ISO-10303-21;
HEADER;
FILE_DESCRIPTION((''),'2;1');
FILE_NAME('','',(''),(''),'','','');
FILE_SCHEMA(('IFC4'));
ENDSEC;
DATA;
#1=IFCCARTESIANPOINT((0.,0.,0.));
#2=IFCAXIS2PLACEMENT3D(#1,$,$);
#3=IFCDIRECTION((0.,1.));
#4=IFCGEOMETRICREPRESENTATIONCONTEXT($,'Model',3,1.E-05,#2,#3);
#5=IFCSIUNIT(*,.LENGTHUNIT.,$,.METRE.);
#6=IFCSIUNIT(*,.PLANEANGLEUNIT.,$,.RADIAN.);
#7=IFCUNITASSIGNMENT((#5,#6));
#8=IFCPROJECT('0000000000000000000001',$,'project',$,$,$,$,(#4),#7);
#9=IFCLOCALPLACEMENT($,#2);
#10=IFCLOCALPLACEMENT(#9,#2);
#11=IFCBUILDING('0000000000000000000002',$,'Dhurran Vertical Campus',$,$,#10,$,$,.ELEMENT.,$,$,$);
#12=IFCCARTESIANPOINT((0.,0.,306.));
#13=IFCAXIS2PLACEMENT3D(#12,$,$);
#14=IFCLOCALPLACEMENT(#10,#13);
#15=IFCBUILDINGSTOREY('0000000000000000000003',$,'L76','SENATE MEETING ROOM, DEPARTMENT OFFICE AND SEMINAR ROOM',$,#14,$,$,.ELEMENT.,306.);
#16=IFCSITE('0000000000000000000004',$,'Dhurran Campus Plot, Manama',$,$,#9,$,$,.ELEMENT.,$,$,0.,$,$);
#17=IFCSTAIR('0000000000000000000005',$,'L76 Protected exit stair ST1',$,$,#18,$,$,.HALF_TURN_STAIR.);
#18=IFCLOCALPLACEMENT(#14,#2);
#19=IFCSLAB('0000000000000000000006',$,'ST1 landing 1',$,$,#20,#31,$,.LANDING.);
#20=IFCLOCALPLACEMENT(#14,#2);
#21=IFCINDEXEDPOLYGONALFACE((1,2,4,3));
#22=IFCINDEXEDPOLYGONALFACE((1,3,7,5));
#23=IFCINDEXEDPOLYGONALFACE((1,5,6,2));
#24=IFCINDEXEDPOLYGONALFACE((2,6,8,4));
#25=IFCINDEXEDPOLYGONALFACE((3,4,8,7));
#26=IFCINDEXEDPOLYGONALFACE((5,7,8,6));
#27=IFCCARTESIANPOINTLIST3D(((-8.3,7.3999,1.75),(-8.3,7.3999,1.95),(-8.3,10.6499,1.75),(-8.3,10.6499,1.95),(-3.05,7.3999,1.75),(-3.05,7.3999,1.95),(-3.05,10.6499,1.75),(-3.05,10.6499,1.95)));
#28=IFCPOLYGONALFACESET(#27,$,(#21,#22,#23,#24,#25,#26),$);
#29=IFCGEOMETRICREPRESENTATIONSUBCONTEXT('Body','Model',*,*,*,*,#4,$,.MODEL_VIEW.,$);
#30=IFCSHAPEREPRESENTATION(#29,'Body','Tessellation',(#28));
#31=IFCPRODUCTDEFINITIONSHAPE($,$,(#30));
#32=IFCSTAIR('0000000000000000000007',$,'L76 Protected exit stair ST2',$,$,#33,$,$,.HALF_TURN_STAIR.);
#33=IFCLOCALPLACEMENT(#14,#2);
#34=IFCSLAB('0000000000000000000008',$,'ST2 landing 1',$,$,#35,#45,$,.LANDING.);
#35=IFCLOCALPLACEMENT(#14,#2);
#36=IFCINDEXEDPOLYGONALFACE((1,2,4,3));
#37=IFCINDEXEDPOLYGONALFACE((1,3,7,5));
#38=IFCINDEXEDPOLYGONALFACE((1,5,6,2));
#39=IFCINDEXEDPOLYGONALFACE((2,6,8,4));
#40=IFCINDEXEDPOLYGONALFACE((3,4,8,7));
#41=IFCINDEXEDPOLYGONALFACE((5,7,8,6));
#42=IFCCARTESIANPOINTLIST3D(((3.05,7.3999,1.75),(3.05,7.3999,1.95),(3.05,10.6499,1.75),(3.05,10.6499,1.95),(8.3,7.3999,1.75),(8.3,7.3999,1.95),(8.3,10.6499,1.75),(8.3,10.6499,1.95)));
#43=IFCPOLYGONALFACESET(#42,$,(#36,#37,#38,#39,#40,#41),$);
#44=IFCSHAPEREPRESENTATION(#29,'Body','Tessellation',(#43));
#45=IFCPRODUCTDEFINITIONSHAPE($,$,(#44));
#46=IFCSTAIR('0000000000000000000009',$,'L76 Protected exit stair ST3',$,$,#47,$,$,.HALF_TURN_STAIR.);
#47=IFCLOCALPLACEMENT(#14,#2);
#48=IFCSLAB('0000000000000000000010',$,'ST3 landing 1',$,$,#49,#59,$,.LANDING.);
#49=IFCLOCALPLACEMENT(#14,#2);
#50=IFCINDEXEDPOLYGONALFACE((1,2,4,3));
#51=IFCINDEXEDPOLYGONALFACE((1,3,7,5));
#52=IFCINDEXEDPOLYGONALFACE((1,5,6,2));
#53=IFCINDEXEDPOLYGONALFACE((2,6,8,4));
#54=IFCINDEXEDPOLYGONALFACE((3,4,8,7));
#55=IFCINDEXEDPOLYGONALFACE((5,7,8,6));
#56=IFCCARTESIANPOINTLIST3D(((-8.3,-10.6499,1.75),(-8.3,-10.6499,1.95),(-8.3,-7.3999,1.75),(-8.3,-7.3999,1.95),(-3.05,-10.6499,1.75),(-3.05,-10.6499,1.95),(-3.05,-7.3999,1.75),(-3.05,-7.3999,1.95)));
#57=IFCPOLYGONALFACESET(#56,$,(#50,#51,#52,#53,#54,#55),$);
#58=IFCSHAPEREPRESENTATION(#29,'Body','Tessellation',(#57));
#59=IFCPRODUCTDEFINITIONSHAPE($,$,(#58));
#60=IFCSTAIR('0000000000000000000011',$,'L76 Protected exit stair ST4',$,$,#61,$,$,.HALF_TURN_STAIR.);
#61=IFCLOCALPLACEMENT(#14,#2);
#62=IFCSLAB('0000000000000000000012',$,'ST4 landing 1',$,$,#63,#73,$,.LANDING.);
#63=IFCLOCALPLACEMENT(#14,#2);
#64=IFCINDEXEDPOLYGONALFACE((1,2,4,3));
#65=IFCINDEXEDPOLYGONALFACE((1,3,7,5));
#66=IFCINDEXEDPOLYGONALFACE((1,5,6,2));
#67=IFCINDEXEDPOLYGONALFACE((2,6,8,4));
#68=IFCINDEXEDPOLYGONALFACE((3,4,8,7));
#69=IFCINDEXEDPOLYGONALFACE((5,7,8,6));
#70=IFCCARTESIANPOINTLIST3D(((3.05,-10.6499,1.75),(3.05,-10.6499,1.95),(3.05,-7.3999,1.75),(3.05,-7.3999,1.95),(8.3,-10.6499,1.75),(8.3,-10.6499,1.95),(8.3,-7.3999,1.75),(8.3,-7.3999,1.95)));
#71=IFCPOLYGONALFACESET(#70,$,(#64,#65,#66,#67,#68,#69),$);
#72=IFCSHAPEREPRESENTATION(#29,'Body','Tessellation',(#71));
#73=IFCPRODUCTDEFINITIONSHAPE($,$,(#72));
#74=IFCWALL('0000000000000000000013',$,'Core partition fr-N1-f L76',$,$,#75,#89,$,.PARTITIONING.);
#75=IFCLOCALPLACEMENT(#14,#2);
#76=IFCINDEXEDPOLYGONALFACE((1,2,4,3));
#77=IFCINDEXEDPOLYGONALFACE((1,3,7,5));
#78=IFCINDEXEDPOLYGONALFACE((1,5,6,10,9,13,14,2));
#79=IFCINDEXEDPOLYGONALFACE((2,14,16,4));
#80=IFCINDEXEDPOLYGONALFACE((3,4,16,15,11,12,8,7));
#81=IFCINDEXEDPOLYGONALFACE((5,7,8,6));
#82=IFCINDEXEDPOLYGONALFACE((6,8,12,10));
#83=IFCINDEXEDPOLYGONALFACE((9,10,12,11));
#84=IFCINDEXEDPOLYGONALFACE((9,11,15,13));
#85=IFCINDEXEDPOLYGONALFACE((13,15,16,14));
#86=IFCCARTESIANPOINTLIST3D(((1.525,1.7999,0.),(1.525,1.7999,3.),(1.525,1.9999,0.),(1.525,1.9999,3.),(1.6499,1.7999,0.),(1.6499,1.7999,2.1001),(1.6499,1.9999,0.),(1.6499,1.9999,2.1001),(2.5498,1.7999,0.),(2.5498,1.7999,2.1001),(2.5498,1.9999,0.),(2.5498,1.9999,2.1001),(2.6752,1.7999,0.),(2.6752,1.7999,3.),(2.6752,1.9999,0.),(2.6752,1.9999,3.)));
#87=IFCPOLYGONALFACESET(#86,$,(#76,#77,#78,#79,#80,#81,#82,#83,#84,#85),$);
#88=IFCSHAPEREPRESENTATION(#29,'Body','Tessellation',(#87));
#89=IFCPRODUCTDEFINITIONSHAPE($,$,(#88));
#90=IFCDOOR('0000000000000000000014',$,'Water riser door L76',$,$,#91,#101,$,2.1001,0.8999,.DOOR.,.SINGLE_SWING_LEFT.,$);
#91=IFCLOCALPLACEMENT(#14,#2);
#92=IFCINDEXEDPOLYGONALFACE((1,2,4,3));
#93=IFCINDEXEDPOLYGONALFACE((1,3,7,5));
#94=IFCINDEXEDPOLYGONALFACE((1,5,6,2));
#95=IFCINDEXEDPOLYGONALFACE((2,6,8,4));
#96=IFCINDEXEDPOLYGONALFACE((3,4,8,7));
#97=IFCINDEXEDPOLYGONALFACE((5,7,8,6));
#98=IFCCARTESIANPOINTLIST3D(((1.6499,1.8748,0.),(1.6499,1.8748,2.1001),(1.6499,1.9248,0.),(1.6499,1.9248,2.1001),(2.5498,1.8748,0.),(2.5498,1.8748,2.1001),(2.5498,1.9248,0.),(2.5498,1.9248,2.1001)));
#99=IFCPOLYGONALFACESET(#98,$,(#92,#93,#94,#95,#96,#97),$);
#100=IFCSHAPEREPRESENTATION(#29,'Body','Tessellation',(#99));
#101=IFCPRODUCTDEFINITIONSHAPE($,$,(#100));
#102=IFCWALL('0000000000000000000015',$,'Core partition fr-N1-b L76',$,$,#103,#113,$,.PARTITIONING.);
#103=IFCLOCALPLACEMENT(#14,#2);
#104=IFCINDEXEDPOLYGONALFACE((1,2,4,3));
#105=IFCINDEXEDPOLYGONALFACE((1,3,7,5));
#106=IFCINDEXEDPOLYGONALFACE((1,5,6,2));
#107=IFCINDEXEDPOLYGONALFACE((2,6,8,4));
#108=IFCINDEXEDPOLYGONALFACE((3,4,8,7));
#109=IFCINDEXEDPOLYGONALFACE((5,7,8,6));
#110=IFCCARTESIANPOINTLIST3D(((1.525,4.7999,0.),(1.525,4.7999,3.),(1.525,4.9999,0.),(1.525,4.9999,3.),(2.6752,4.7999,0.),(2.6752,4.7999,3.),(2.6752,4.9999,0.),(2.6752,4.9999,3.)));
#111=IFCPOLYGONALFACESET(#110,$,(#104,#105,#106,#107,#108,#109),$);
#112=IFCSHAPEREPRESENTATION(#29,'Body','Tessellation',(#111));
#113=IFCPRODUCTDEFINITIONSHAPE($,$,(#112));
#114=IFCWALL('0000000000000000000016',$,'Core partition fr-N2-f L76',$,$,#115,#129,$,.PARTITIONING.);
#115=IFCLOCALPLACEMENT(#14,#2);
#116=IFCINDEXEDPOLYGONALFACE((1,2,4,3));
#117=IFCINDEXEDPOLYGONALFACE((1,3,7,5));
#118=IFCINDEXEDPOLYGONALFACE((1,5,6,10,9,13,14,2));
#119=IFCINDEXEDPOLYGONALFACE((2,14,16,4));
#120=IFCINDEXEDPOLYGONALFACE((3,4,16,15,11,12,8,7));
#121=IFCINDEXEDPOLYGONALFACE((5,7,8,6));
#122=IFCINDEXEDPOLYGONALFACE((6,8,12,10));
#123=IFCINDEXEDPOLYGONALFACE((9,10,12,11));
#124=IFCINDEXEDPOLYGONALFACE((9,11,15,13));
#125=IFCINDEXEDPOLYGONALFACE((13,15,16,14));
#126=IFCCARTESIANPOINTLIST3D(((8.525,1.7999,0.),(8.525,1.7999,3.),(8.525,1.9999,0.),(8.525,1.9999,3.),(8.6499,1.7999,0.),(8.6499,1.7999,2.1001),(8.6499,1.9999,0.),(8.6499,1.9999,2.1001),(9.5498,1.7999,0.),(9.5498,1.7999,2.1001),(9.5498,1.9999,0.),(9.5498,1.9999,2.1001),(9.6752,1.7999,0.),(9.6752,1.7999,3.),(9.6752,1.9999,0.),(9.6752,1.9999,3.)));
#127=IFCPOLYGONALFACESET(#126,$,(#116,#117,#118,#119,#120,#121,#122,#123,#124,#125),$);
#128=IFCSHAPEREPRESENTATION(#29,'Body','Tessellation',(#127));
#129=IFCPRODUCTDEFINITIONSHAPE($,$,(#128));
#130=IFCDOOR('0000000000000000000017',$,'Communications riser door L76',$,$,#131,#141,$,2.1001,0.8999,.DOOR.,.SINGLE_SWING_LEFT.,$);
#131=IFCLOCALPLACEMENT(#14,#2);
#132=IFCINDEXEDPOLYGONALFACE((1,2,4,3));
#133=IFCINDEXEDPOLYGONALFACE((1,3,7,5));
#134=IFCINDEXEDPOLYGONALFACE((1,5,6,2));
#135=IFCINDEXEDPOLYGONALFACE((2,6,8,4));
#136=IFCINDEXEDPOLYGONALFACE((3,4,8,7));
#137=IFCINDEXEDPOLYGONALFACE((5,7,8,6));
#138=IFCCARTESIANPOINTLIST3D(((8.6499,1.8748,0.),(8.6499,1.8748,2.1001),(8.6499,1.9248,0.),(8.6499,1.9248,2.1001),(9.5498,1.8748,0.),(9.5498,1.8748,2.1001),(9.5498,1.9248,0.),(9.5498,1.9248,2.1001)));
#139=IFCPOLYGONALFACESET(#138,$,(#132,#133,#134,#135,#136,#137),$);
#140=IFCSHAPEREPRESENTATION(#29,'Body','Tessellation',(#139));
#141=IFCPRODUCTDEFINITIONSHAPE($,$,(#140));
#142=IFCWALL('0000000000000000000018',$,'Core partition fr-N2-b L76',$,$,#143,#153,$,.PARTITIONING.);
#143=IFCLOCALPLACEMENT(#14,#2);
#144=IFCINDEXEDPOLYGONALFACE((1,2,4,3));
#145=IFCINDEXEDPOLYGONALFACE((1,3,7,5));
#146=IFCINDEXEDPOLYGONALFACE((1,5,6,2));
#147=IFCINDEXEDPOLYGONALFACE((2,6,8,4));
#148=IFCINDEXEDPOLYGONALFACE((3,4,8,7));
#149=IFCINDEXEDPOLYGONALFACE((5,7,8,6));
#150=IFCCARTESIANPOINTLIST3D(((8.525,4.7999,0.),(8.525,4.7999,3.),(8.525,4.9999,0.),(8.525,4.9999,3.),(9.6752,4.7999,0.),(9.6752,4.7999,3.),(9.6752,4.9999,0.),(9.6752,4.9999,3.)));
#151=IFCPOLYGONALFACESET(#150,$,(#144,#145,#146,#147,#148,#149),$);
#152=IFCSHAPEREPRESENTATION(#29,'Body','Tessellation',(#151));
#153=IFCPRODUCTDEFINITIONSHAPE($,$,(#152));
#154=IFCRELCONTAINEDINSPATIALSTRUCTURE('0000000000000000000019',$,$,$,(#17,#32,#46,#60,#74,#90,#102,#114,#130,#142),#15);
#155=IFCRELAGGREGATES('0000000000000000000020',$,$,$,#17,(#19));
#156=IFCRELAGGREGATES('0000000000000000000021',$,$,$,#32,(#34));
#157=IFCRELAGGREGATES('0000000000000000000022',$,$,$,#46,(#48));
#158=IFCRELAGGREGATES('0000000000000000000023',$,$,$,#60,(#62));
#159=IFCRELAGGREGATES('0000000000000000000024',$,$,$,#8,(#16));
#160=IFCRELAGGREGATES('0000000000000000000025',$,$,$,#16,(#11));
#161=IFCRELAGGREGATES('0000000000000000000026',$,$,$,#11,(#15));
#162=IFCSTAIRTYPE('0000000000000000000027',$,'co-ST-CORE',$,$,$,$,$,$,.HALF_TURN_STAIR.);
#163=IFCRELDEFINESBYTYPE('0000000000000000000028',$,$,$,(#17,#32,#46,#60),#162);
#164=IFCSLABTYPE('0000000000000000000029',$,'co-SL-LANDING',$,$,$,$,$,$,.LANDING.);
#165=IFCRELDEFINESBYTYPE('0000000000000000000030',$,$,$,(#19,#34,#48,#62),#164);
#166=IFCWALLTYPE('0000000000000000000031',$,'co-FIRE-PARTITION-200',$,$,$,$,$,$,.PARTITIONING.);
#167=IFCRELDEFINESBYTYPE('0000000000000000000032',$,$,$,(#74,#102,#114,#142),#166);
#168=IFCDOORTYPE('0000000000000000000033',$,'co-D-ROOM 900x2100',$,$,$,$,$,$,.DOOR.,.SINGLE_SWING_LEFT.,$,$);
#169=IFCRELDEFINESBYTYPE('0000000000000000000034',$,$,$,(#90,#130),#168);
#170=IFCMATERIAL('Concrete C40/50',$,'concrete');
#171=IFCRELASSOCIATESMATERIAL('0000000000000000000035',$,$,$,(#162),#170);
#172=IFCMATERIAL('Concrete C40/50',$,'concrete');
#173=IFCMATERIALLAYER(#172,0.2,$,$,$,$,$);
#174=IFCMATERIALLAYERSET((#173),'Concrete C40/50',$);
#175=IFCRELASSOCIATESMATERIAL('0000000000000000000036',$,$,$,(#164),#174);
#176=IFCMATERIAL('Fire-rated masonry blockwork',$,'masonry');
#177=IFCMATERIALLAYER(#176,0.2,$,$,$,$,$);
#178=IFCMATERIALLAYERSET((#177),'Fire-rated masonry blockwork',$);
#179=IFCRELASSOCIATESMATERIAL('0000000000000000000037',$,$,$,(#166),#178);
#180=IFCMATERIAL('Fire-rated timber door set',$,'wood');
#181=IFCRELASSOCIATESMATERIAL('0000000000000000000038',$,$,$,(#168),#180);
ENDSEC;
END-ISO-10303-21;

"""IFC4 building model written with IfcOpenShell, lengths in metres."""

from ifc_helpers import new_model, si_unit, direction, frame, frame_2d, origin, place, context, subcontext, project, spatial, polyline, rectangle, outline, extrude, material, layer, layer_set, type_object, element, fill, aggregate, save


model = new_model("IFC4")

# Units and contexts
model_context = context("Model", 3, precision=1e-05, world=origin(), true_north=direction((0.0, 1.0)))
body_context = subcontext(model_context, "Body", "Model", "MODEL_VIEW")
ifc_project = project(units=[si_unit("LENGTHUNIT", "METRE"), si_unit("PLANEANGLEUNIT", "RADIAN")], contexts=[model_context])

# Site, building, storey
site_placement = place(None, origin())
site = spatial("IfcSite", under=ifc_project, at=site_placement, Name="Dhurran Campus Plot, Manama", CompositionType="ELEMENT", RefElevation=0.0)
building_placement = place(site_placement, origin())
building = spatial("IfcBuilding", under=site, at=building_placement, Name="Dhurran Vertical Campus", CompositionType="ELEMENT")
storey_placement = place(building_placement, frame((0.0, 0.0, 306.0)))
storey = spatial("IfcBuildingStorey", under=building, at=storey_placement, Name="L76", Description="SENATE MEETING ROOM, DEPARTMENT OFFICE AND SEMINAR ROOM", CompositionType="ELEMENT", Elevation=306.0)

# Stairs, slabs
ifc_material_1 = material(Name="Concrete C40/50", Category="concrete")
stair_type = type_object("IfcStairType", Name="co-ST-CORE", PredefinedType="HALF_TURN_STAIR", material=ifc_material_1)
stair_1_placement = place(storey_placement, origin())
stair_1 = element("IfcStair", 1, at=stair_1_placement, inside=storey, type_object=stair_type, Name="L76 Protected exit stair ST1", PredefinedType="HALF_TURN_STAIR")
ifc_material_2 = material(Name="Concrete C40/50", Category="concrete")
ifc_layer_1 = layer(ifc_material_2, 0.2)
ifc_layer_set_1 = layer_set([ifc_layer_1], Name="Concrete C40/50")
slab_type = type_object("IfcSlabType", Name="co-SL-LANDING", PredefinedType="LANDING", material=ifc_layer_set_1)
slab_1_placement = place(storey_placement, frame((0.0, 0.0, 1.75)))
slab_1 = element("IfcSlab", 2, at=slab_1_placement, type_object=slab_type, Name="ST1 landing 1", PredefinedType="LANDING", context=body_context, shape_type="SweptSolid", body=[
    extrude(outline(polyline([(-8.3, 7.3999), (-3.05, 7.3999), (-3.05, 10.6499), (-8.3, 10.6499), (-8.3, 7.3999)])), origin(), (0.0, 0.0, 1.0), 0.2),
])
aggregate(stair_1, [slab_1])
stair_2_placement = place(storey_placement, origin())
stair_2 = element("IfcStair", 3, at=stair_2_placement, inside=storey, type_object=stair_type, Name="L76 Protected exit stair ST2", PredefinedType="HALF_TURN_STAIR")
slab_2_placement = place(storey_placement, frame((0.0, 0.0, 1.75)))
slab_2 = element("IfcSlab", 4, at=slab_2_placement, type_object=slab_type, Name="ST2 landing 1", PredefinedType="LANDING", context=body_context, shape_type="SweptSolid", body=[
    extrude(outline(polyline([(8.3, 10.6499), (3.05, 10.6499), (3.05, 7.3999), (8.3, 7.3999), (8.3, 10.6499)])), origin(), (0.0, 0.0, 1.0), 0.2),
])
aggregate(stair_2, [slab_2])
stair_3_placement = place(storey_placement, origin())
stair_3 = element("IfcStair", 5, at=stair_3_placement, inside=storey, type_object=stair_type, Name="L76 Protected exit stair ST3", PredefinedType="HALF_TURN_STAIR")
slab_3_placement = place(storey_placement, frame((0.0, 0.0, 1.75)))
slab_3 = element("IfcSlab", 6, at=slab_3_placement, type_object=slab_type, Name="ST3 landing 1", PredefinedType="LANDING", context=body_context, shape_type="SweptSolid", body=[
    extrude(outline(polyline([(-8.3, -10.6499), (-3.05, -10.6499), (-3.05, -7.3999), (-8.3, -7.3999), (-8.3, -10.6499)])), origin(), (0.0, 0.0, 1.0), 0.2),
])
aggregate(stair_3, [slab_3])
stair_4_placement = place(storey_placement, origin())
stair_4 = element("IfcStair", 7, at=stair_4_placement, inside=storey, type_object=stair_type, Name="L76 Protected exit stair ST4", PredefinedType="HALF_TURN_STAIR")
slab_4_placement = place(storey_placement, frame((0.0, 0.0, 1.75)))
slab_4 = element("IfcSlab", 8, at=slab_4_placement, type_object=slab_type, Name="ST4 landing 1", PredefinedType="LANDING", context=body_context, shape_type="SweptSolid", body=[
    extrude(outline(polyline([(8.3, -7.3999), (3.05, -7.3999), (3.05, -10.6499), (8.3, -10.6499), (8.3, -7.3999)])), origin(), (0.0, 0.0, 1.0), 0.2),
])
aggregate(stair_4, [slab_4])

# Wall, opening, door
ifc_material_3 = material(Name="Fire-rated masonry blockwork", Category="masonry")
ifc_layer_2 = layer(ifc_material_3, 0.2)
ifc_layer_set_2 = layer_set([ifc_layer_2], Name="Fire-rated masonry blockwork")
wall_type_1 = type_object("IfcWallType", Name="co-FIRE-PARTITION-200", PredefinedType="PARTITIONING", material=ifc_layer_set_2)
wall_1_placement = place(storey_placement, frame((1.5249, 1.8999, 0.0), z_axis=(0.0, 0.0, 1.0), x_axis=(1.0, 0.0, 0.0)))
wall_1 = element("IfcWall", 9, at=wall_1_placement, inside=storey, type_object=wall_type_1, Name="Core partition fr-N1-f L76", PredefinedType="PARTITIONING", context=body_context, shape_type="SweptSolid", body=[
    extrude(rectangle(XDim=1.1501, YDim=0.2, at=frame_2d((0.5752, 0.0))), origin(), (0.0, 0.0, 1.0), 3.0),
])
opening_1_placement = place(wall_1_placement, frame((0.125, 0.0, 0.0)))
opening_1 = element("IfcOpeningElement", 10, at=opening_1_placement, cuts=wall_1, PredefinedType="OPENING", context=body_context, shape_type="SweptSolid", body=[
    extrude(rectangle(XDim=0.8999, YDim=2.1001, at=frame_2d((0.45, 1.05))), frame((0.0, 0.1099, 0.0), z_axis=(0.0, -1.0, 0.0), x_axis=(1.0, 0.0, 0.0)), (0.0, 0.0, 1.0), 0.22),
])
ifc_material_4 = material(Name="Fire-rated timber door set", Category="wood")
door_type_1 = type_object("IfcDoorType", Name="co-D-ROOM 900x2100", OperationType="SINGLE_SWING_LEFT", PredefinedType="DOOR", material=ifc_material_4)
door_1_placement = place(opening_1_placement, origin())
door_1 = element("IfcDoor", 11, at=door_1_placement, inside=storey, type_object=door_type_1, Name="Water riser door L76", OperationType="SINGLE_SWING_LEFT", OverallHeight=2.1001, OverallWidth=0.8999, PredefinedType="DOOR", context=body_context, shape_type="SweptSolid", body=[
    extrude(rectangle(XDim=0.8999, YDim=2.1001, at=frame_2d((0.45, 1.05))), frame((0.0, 0.0249, 0.0), z_axis=(0.0, -1.0, 0.0), x_axis=(1.0, 0.0, 0.0)), (0.0, 0.0, 1.0), 0.05),
])
fill(opening_1, door_1)

# Wall
wall_2_placement = place(storey_placement, frame((1.5249, 4.8999, 0.0), z_axis=(0.0, 0.0, 1.0), x_axis=(1.0, 0.0, 0.0)))
element("IfcWall", 12, at=wall_2_placement, inside=storey, type_object=wall_type_1, Name="Core partition fr-N1-b L76", PredefinedType="PARTITIONING", context=body_context, shape_type="SweptSolid", body=[
    extrude(rectangle(XDim=1.1501, YDim=0.2, at=frame_2d((0.5752, 0.0))), origin(), (0.0, 0.0, 1.0), 3.0),
])

# Wall, opening, door
wall_3_placement = place(storey_placement, frame((8.5249, 1.8999, 0.0), z_axis=(0.0, 0.0, 1.0), x_axis=(1.0, 0.0, 0.0)))
wall_3 = element("IfcWall", 13, at=wall_3_placement, inside=storey, type_object=wall_type_1, Name="Core partition fr-N2-f L76", PredefinedType="PARTITIONING", context=body_context, shape_type="SweptSolid", body=[
    extrude(rectangle(XDim=1.1501, YDim=0.2, at=frame_2d((0.5752, 0.0))), origin(), (0.0, 0.0, 1.0), 3.0),
])
opening_2_placement = place(wall_3_placement, frame((0.125, 0.0, 0.0)))
opening_2 = element("IfcOpeningElement", 14, at=opening_2_placement, cuts=wall_3, PredefinedType="OPENING", context=body_context, shape_type="SweptSolid", body=[
    extrude(rectangle(XDim=0.8999, YDim=2.1001, at=frame_2d((0.45, 1.05))), frame((0.0, 0.1099, 0.0), z_axis=(0.0, -1.0, 0.0), x_axis=(1.0, 0.0, 0.0)), (0.0, 0.0, 1.0), 0.22),
])
door_2_placement = place(opening_2_placement, origin())
door_2 = element("IfcDoor", 15, at=door_2_placement, inside=storey, type_object=door_type_1, Name="Communications riser door L76", OperationType="SINGLE_SWING_LEFT", OverallHeight=2.1001, OverallWidth=0.8999, PredefinedType="DOOR", context=body_context, shape_type="SweptSolid", body=[
    extrude(rectangle(XDim=0.8999, YDim=2.1001, at=frame_2d((0.45, 1.05))), frame((0.0, 0.0249, 0.0), z_axis=(0.0, -1.0, 0.0), x_axis=(1.0, 0.0, 0.0)), (0.0, 0.0, 1.0), 0.05),
])
fill(opening_2, door_2)

# Wall
wall_4_placement = place(storey_placement, frame((8.5249, 4.8999, 0.0), z_axis=(0.0, 0.0, 1.0), x_axis=(1.0, 0.0, 0.0)))
element("IfcWall", 16, at=wall_4_placement, inside=storey, type_object=wall_type_1, Name="Core partition fr-N2-b L76", PredefinedType="PARTITIONING", context=body_context, shape_type="SweptSolid", body=[
    extrude(rectangle(XDim=1.1501, YDim=0.2, at=frame_2d((0.5752, 0.0))), origin(), (0.0, 0.0, 1.0), 3.0),
])

save(model, "model.ifc")
